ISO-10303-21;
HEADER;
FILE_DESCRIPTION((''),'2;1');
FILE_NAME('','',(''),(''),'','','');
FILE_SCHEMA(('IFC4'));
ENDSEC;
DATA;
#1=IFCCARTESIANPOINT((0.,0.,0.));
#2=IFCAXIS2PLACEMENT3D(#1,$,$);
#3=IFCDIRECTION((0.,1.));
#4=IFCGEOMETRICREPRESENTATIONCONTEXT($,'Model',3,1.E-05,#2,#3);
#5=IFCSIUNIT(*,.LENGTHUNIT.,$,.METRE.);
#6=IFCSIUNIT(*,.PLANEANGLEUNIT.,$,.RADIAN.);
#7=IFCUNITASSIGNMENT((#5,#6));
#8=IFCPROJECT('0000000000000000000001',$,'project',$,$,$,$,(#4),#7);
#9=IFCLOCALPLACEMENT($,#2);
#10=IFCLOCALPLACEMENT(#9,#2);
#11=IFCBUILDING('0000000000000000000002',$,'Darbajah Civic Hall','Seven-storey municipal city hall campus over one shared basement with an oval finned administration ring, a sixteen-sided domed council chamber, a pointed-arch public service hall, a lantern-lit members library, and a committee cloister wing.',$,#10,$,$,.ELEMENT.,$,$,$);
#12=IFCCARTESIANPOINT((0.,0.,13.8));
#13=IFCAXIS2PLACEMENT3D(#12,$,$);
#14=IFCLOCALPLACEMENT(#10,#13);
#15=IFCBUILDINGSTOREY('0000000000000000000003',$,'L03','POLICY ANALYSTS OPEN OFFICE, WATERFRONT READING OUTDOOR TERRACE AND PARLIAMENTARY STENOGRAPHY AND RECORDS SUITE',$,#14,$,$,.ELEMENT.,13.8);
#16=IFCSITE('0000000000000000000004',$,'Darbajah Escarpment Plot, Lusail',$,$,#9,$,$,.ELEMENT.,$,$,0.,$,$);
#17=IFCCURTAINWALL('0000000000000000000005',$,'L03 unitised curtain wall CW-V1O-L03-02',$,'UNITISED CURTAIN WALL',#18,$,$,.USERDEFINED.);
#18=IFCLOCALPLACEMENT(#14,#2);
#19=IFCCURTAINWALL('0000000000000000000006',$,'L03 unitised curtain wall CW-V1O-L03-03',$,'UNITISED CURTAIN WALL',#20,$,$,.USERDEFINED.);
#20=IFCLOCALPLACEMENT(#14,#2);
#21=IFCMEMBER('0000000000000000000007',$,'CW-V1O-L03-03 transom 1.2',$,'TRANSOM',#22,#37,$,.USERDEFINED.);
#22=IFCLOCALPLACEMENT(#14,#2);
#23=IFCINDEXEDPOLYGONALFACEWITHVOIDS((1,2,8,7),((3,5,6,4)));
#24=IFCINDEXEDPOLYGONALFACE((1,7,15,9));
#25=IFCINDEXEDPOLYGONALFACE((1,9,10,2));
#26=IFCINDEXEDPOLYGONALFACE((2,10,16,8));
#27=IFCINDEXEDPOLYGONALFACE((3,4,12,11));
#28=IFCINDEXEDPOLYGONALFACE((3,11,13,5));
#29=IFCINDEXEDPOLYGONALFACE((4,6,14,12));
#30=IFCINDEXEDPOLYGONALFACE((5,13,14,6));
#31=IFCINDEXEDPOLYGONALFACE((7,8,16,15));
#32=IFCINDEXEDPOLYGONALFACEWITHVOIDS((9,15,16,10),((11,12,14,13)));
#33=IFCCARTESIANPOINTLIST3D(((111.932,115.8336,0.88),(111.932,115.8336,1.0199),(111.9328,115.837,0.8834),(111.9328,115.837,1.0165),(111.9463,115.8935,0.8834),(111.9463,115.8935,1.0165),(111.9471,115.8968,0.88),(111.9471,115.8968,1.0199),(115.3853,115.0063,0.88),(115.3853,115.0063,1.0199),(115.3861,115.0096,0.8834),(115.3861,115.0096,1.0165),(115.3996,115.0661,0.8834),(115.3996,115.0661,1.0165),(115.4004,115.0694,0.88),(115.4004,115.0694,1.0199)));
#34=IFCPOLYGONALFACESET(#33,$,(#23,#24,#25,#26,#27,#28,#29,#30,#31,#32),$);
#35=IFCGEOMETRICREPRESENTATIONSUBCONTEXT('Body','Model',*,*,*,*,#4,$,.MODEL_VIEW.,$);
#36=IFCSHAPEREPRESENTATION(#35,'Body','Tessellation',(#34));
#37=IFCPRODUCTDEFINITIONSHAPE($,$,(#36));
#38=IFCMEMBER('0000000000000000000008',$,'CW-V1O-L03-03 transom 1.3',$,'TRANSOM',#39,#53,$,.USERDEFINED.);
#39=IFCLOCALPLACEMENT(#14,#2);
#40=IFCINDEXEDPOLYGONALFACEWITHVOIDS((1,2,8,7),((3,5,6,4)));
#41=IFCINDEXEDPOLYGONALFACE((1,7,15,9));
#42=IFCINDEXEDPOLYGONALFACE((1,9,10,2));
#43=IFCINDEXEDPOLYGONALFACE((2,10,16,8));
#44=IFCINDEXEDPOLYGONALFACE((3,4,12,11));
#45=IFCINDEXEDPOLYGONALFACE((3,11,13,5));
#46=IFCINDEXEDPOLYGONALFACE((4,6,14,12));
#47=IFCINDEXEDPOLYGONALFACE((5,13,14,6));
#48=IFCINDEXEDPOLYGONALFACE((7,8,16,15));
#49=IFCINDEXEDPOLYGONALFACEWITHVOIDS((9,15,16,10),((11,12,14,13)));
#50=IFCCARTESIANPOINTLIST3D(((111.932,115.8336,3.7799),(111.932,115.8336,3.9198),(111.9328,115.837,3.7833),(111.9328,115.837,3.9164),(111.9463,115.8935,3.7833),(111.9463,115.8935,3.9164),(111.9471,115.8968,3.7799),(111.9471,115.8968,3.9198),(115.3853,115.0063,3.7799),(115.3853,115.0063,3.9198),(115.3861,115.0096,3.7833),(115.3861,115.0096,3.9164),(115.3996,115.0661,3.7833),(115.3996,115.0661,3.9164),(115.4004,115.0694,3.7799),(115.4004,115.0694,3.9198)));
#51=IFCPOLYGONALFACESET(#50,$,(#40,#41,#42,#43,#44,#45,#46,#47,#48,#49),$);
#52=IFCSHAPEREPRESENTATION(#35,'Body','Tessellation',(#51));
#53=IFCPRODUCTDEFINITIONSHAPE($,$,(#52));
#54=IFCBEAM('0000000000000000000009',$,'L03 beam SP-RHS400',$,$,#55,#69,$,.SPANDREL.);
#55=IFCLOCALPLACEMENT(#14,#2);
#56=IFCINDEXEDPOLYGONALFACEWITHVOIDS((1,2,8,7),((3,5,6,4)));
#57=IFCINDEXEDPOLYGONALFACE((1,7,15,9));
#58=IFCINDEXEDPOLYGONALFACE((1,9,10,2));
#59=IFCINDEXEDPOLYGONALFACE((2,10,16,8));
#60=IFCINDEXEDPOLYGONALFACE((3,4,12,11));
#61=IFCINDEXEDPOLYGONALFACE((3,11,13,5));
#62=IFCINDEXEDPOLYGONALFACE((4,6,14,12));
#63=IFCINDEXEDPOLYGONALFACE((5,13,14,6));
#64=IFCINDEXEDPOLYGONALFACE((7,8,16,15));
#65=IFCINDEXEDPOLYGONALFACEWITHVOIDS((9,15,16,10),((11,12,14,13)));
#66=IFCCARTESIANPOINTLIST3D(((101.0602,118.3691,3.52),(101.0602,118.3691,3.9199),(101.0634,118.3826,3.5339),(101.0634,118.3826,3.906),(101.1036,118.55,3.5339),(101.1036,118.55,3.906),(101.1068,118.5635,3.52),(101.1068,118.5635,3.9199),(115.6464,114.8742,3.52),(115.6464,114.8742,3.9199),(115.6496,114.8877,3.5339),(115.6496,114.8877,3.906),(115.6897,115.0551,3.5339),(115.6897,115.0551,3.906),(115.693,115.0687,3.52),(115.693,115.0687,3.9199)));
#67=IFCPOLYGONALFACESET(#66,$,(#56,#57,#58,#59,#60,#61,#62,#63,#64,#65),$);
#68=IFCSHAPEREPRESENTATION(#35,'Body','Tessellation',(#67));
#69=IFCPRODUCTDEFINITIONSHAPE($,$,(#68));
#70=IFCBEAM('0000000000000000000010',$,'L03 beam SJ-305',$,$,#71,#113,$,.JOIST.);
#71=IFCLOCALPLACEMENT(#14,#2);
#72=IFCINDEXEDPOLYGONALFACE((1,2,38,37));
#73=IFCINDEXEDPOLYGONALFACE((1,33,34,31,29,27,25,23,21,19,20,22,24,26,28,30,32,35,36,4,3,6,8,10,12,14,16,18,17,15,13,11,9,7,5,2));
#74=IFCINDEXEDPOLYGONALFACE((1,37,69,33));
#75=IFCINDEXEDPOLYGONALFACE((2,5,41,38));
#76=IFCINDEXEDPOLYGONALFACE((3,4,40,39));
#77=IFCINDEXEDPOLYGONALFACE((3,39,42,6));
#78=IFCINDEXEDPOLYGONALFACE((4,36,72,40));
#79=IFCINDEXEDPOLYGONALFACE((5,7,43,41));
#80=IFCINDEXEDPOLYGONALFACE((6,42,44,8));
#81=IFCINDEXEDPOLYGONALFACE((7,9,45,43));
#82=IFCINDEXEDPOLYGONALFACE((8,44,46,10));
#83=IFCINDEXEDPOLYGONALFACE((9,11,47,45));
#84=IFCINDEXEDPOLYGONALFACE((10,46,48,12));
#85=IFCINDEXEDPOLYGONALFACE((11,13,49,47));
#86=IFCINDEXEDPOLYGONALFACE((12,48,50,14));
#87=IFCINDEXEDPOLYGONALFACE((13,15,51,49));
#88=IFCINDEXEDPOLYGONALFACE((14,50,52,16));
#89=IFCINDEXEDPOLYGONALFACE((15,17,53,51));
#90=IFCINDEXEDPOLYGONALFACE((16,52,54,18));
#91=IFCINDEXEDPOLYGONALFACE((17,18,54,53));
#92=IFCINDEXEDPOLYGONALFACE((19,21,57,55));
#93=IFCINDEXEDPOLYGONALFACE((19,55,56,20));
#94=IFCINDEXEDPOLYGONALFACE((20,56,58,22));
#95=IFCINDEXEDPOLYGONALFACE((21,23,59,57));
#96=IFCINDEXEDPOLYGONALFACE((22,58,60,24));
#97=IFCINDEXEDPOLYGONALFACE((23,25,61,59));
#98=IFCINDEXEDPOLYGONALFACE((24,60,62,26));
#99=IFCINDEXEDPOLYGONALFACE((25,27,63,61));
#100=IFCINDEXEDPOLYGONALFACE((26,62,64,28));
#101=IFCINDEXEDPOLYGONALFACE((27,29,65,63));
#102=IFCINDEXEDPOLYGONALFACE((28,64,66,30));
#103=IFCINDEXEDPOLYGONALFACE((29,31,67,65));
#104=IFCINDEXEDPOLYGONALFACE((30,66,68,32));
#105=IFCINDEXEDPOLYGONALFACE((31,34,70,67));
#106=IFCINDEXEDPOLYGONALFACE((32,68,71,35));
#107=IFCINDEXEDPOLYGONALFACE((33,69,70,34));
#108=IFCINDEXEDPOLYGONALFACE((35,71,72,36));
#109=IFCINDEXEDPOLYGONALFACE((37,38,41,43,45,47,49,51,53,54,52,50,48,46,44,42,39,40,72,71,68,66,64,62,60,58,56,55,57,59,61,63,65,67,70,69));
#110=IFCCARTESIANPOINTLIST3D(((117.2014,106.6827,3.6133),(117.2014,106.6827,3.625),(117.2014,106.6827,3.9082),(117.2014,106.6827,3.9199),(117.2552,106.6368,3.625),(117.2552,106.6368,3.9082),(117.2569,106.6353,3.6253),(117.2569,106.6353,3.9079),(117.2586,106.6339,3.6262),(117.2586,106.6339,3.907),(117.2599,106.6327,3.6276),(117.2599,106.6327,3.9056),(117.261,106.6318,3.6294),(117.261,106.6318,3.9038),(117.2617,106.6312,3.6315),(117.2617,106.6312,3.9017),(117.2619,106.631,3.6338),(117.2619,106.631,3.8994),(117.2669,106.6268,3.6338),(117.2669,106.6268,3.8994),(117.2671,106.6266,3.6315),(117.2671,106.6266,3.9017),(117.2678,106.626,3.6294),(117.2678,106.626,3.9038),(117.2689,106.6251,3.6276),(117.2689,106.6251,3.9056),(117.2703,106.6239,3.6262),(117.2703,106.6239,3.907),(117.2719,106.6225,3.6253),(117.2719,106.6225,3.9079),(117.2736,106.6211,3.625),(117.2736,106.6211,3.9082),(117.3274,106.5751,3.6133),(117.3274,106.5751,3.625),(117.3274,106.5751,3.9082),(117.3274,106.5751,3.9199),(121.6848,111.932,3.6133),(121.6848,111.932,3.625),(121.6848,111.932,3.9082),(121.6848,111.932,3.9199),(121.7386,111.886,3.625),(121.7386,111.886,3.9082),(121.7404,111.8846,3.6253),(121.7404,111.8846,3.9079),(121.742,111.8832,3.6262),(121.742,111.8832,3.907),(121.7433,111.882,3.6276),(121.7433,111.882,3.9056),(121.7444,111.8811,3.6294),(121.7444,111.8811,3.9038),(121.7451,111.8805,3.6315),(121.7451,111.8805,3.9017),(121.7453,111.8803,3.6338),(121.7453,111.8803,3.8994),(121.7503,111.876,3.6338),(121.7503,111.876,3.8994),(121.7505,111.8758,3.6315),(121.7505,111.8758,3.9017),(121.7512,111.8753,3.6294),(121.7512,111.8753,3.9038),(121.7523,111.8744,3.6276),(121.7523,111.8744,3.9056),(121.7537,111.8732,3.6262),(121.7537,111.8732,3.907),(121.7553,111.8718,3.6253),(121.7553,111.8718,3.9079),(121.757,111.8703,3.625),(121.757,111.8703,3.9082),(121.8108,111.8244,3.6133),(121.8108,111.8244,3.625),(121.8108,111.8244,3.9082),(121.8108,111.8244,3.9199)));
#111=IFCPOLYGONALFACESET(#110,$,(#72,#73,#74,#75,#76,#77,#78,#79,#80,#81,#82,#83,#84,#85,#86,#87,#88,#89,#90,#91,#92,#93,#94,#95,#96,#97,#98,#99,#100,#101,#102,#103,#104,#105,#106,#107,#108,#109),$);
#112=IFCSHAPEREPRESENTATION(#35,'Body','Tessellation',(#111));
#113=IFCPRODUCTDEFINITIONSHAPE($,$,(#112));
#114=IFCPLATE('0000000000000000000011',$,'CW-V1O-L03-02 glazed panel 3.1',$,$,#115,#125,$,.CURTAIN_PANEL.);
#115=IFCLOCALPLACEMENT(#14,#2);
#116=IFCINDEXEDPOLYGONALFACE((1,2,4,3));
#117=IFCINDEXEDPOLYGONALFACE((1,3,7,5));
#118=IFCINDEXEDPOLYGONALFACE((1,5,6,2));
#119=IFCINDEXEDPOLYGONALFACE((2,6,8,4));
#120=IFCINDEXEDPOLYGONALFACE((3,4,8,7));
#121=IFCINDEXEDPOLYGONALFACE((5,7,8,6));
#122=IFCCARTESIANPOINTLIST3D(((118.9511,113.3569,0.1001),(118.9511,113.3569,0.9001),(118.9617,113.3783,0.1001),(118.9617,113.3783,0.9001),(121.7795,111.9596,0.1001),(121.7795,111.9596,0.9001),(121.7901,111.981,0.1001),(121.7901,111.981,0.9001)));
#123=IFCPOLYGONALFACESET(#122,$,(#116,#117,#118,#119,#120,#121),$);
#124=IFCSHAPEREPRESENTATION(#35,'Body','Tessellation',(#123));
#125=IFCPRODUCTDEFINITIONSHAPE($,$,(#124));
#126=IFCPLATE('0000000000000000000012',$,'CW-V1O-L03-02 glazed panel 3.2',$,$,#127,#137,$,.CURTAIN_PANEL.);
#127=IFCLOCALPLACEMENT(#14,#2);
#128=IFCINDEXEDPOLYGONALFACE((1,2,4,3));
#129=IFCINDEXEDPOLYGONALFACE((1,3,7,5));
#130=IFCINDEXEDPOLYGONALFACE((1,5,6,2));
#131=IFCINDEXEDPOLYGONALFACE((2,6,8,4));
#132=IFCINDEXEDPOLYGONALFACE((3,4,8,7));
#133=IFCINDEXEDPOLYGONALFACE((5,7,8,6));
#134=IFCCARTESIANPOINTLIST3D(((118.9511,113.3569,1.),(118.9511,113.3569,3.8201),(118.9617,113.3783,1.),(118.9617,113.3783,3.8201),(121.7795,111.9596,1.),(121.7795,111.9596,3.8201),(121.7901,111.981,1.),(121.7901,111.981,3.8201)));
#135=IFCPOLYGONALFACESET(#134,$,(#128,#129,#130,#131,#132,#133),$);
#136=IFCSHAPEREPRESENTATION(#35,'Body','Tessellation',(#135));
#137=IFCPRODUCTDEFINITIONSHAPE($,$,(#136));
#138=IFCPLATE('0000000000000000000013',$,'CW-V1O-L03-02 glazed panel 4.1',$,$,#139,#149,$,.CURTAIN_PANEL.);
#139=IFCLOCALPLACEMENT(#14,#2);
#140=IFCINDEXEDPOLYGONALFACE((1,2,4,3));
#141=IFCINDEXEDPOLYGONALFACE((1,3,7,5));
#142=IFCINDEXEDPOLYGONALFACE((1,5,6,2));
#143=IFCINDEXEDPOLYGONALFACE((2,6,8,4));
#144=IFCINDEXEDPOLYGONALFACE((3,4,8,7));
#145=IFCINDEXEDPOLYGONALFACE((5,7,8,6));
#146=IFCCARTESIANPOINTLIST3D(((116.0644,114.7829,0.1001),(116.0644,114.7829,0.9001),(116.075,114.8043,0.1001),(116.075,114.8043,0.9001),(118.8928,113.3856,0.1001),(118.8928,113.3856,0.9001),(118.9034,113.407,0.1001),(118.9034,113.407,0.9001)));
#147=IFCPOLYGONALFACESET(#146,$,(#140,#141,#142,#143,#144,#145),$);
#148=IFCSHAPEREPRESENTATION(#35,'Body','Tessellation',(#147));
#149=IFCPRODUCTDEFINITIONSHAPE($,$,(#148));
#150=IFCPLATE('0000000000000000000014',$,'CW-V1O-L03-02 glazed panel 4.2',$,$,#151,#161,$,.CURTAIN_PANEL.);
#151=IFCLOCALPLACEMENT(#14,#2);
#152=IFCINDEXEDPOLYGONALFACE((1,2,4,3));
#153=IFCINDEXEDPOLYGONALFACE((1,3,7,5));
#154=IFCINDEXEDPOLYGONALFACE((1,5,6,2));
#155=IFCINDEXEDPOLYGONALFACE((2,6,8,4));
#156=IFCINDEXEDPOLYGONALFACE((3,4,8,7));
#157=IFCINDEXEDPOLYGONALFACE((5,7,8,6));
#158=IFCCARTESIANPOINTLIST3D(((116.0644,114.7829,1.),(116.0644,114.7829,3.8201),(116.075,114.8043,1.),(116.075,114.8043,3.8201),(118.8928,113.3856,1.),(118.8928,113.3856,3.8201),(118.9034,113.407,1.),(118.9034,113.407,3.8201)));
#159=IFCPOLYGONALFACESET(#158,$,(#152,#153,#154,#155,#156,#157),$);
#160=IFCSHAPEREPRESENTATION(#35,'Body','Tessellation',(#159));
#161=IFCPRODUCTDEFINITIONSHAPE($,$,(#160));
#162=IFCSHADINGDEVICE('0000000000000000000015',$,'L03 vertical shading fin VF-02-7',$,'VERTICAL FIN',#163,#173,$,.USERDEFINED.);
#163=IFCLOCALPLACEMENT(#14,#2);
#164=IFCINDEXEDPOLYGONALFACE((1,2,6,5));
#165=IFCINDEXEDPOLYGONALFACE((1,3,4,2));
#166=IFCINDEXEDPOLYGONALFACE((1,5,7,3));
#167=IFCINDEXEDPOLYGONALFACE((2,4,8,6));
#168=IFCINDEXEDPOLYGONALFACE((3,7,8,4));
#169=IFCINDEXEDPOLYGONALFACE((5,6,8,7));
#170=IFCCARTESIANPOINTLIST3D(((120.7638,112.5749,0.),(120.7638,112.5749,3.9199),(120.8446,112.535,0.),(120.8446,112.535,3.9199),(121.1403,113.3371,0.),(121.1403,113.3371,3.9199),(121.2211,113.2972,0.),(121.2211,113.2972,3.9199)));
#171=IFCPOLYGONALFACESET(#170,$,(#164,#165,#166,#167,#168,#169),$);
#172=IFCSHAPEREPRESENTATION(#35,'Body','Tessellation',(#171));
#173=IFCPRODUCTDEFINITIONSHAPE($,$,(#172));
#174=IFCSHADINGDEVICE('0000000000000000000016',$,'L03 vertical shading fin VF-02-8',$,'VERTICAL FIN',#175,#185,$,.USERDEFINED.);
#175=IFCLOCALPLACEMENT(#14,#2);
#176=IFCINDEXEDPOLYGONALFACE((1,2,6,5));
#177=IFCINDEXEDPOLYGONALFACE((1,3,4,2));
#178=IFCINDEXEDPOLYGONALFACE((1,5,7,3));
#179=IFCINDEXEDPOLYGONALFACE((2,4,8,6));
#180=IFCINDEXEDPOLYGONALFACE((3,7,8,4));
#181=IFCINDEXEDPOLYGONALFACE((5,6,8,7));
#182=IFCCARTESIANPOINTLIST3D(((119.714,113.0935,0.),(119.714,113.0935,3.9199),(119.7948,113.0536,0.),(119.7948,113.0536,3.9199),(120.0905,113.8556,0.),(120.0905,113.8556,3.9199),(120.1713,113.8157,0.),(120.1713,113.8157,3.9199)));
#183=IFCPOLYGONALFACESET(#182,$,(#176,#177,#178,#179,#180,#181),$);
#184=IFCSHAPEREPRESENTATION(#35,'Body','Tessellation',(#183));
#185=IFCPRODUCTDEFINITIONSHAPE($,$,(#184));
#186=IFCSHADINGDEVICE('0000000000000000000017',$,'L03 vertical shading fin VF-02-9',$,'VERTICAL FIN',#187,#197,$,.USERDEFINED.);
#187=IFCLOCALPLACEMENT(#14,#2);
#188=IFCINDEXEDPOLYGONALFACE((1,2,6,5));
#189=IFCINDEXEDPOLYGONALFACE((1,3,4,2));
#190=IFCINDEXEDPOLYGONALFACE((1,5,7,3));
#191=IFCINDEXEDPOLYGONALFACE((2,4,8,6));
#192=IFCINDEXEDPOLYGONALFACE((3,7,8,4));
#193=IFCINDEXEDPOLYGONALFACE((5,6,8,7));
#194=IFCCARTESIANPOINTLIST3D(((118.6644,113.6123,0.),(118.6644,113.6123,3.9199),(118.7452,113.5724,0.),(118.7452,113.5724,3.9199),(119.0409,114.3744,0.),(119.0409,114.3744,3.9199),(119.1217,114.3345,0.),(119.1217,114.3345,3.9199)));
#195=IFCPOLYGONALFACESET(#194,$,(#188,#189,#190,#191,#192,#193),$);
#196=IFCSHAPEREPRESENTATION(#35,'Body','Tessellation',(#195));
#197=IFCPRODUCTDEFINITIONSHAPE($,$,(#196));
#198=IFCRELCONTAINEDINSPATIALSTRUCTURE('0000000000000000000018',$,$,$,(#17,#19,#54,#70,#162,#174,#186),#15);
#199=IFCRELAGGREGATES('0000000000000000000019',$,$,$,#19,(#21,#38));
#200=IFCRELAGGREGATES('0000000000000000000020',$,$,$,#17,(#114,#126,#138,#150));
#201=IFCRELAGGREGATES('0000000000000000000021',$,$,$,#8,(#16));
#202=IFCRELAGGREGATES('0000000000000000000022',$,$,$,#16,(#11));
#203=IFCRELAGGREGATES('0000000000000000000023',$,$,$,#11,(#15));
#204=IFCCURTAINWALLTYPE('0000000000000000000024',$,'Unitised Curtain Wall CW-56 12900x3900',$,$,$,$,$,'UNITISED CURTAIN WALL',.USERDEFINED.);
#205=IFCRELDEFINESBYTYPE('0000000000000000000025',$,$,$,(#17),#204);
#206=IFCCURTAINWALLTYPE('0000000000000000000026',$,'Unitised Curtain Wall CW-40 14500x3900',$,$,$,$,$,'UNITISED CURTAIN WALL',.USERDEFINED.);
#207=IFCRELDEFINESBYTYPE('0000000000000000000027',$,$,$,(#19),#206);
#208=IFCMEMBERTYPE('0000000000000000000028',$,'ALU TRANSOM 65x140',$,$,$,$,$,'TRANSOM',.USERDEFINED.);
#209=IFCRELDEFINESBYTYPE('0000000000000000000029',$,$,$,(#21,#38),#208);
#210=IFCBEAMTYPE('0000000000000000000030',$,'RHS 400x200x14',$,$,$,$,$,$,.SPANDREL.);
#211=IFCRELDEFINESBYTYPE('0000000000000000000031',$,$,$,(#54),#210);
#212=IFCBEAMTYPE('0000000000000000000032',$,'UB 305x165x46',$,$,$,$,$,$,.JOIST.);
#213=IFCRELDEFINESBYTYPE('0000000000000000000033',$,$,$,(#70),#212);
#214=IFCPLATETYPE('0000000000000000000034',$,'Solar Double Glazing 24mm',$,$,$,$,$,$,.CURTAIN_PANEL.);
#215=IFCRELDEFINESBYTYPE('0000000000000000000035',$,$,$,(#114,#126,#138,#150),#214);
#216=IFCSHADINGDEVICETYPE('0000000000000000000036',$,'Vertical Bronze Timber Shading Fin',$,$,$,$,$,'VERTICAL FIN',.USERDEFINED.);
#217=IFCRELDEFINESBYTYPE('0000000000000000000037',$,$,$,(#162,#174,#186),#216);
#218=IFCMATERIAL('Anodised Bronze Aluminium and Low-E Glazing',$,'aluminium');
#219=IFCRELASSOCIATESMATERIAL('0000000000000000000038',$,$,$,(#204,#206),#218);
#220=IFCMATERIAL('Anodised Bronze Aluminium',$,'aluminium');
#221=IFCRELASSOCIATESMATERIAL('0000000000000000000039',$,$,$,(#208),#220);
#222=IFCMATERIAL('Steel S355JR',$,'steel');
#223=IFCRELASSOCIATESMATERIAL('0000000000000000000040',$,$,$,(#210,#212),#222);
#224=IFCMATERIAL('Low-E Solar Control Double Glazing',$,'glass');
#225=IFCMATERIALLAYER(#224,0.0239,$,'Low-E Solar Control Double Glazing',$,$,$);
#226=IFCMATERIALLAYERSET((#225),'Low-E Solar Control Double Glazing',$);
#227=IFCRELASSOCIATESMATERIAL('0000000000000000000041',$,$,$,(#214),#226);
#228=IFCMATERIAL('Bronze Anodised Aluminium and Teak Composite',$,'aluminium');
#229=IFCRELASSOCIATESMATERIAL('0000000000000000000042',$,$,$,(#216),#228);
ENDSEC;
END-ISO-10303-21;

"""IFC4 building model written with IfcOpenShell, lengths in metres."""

from ifc_helpers import new_model, si_unit, direction, frame, origin, origin_2d, place, context, subcontext, project, spatial, rectangle, hollow_rectangle, i_section, extrude, material, layer, layer_set, material_profile, profile_set, type_object, element, aggregate, save


model = new_model("IFC4")

# Units and contexts
model_context = context("Model", 3, precision=1e-05, world=origin(), true_north=direction((0.0, 1.0)))
body_context = subcontext(model_context, "Body", "Model", "MODEL_VIEW")
ifc_project = project(units=[si_unit("LENGTHUNIT", "METRE"), si_unit("PLANEANGLEUNIT", "RADIAN")], contexts=[model_context])

# Site, building, storey
site_placement = place(None, origin())
site = spatial("IfcSite", under=ifc_project, at=site_placement, Name="Darbajah Escarpment Plot, Lusail", CompositionType="ELEMENT", RefElevation=0.0)
building_placement = place(site_placement, origin())
building = spatial("IfcBuilding", under=site, at=building_placement, Name="Darbajah Civic Hall", Description="Seven-storey municipal city hall campus over one shared basement with an oval finned administration ring, a sixteen-sided domed council chamber, a pointed-arch public service hall, a lantern-lit members library, and a committee cloister wing.", CompositionType="ELEMENT")
storey_placement = place(building_placement, frame((0.0, 0.0, 13.8)))
storey = spatial("IfcBuildingStorey", under=building, at=storey_placement, Name="L03", Description="POLICY ANALYSTS OPEN OFFICE, WATERFRONT READING OUTDOOR TERRACE AND PARLIAMENTARY STENOGRAPHY AND RECORDS SUITE", CompositionType="ELEMENT", Elevation=13.8)

# Curtain wall
ifc_material_1 = material(Name="Anodised Bronze Aluminium and Low-E Glazing", Category="aluminium")
curtain_wall_type_1 = type_object("IfcCurtainWallType", Name="Unitised Curtain Wall CW-56 12900x3900", ElementType="UNITISED CURTAIN WALL", PredefinedType="USERDEFINED", material=ifc_material_1)
curtain_wall_1_placement = place(storey_placement, origin())
curtain_wall_1 = element("IfcCurtainWall", 1, at=curtain_wall_1_placement, inside=storey, type_object=curtain_wall_type_1, Name="L03 unitised curtain wall CW-V1O-L03-02", ObjectType="UNITISED CURTAIN WALL", PredefinedType="USERDEFINED")
ifc_material_2 = material(Name="Anodised Bronze Aluminium", Category="aluminium")

# Curtain wall
curtain_wall_type_2 = type_object("IfcCurtainWallType", Name="Unitised Curtain Wall CW-40 14500x3900", ElementType="UNITISED CURTAIN WALL", PredefinedType="USERDEFINED", material=ifc_material_1)
curtain_wall_2_placement = place(storey_placement, origin())
curtain_wall_2 = element("IfcCurtainWall", 2, at=curtain_wall_2_placement, inside=storey, type_object=curtain_wall_type_2, Name="L03 unitised curtain wall CW-V1O-L03-03", ObjectType="UNITISED CURTAIN WALL", PredefinedType="USERDEFINED")

# Members
ifc_material_profile_1 = material_profile(ifc_material_2, hollow_rectangle(XDim=0.0649, YDim=0.1399, WallThickness=0.0034, at=origin_2d()), Name="ALU TRANSOM 65x140")
ifc_profile_set_1 = profile_set([ifc_material_profile_1], Name="Anodised Bronze Aluminium")
member_type_1 = type_object("IfcMemberType", Name="ALU TRANSOM 65x140", ElementType="TRANSOM", PredefinedType="USERDEFINED", material=ifc_profile_set_1)
member_1_placement = place(storey_placement, frame((115.3928, 115.0378, 0.95), z_axis=(-0.972478, 0.232996, 0.0), x_axis=(-0.232996, -0.972478, 0.0)))
member_1 = element("IfcMember", 3, at=member_1_placement, type_object=member_type_1, Name="CW-V1O-L03-03 transom 1.2", ObjectType="TRANSOM", PredefinedType="USERDEFINED", context=body_context, shape_type="SweptSolid", body=[
    extrude(hollow_rectangle(XDim=0.0649, YDim=0.1399, WallThickness=0.0034, at=origin_2d()), origin(), (0.0, 0.0, 1.0), 3.551),
])
member_2_placement = place(storey_placement, frame((115.3928, 115.0378, 3.8499), z_axis=(-0.972478, 0.232996, 0.0), x_axis=(-0.232996, -0.972478, 0.0)))
member_2 = element("IfcMember", 4, at=member_2_placement, type_object=member_type_1, Name="CW-V1O-L03-03 transom 1.3", ObjectType="TRANSOM", PredefinedType="USERDEFINED", context=body_context, shape_type="SweptSolid", body=[
    extrude(hollow_rectangle(XDim=0.0649, YDim=0.1399, WallThickness=0.0034, at=origin_2d()), origin(), (0.0, 0.0, 1.0), 3.551),
])
aggregate(curtain_wall_2, [member_1, member_2])

# Beams
ifc_material_3 = material(Name="Steel S355JR", Category="steel")
ifc_material_profile_2 = material_profile(ifc_material_3, hollow_rectangle(XDim=0.2, YDim=0.3999, WallThickness=0.0139, at=origin_2d()), Name="RHS 400x200x14")
ifc_profile_set_2 = profile_set([ifc_material_profile_2], Name="Steel S355JR")
beam_type_1 = type_object("IfcBeamType", Name="RHS 400x200x14", PredefinedType="SPANDREL", material=ifc_profile_set_2)
beam_1_placement = place(storey_placement, frame((115.6697, 114.9714, 3.72), z_axis=(-0.972475, 0.233007, 0.0), x_axis=(-0.233007, -0.972475, 0.0)))
element("IfcBeam", 5, at=beam_1_placement, inside=storey, type_object=beam_type_1, Name="L03 beam SP-RHS400", PredefinedType="SPANDREL", context=body_context, shape_type="SweptSolid", body=[
    extrude(hollow_rectangle(XDim=0.2, YDim=0.3999, WallThickness=0.0139, at=origin_2d()), origin(), (0.0, 0.0, 1.0), 14.999),
])
ifc_material_profile_3 = material_profile(ifc_material_3, i_section(OverallWidth=0.1658, OverallDepth=0.3066, WebThickness=0.0066, FlangeThickness=0.0117, FilletRadius=0.0088, at=origin_2d()), Name="UB 305x165x46")
ifc_profile_set_3 = profile_set([ifc_material_profile_3], Name="Steel S355JR")
beam_type_2 = type_object("IfcBeamType", Name="UB 305x165x46", PredefinedType="JOIST", material=ifc_profile_set_3)
beam_2_placement = place(storey_placement, frame((117.2644, 106.6289, 3.7666), z_axis=(0.649456, 0.760399, 0.0), x_axis=(-0.760399, 0.649456, 0.0)))
element("IfcBeam", 6, at=beam_2_placement, inside=storey, type_object=beam_type_2, Name="L03 beam SJ-305", PredefinedType="JOIST", context=body_context, shape_type="SweptSolid", body=[
    extrude(i_section(OverallWidth=0.1658, OverallDepth=0.3066, WebThickness=0.0066, FlangeThickness=0.0117, FilletRadius=0.0088, at=origin_2d()), origin(), (0.0, 0.0, 1.0), 6.9033),
])

# Plates
ifc_material_4 = material(Name="Low-E Solar Control Double Glazing", Category="glass")
ifc_layer_1 = layer(ifc_material_4, 0.0239, Name="Low-E Solar Control Double Glazing")
ifc_layer_set_1 = layer_set([ifc_layer_1], Name="Low-E Solar Control Double Glazing")
plate_type = type_object("IfcPlateType", Name="Solar Double Glazing 24mm", PredefinedType="CURTAIN_PANEL", material=ifc_layer_set_1)
plate_1_placement = place(storey_placement, frame((120.3706, 112.6689, 0.1001), z_axis=(0.0, 0.0, 1.0), x_axis=(-0.896564, 0.442915, 0.0)))
plate_1 = element("IfcPlate", 7, at=plate_1_placement, type_object=plate_type, Name="CW-V1O-L03-02 glazed panel 3.1", PredefinedType="CURTAIN_PANEL", context=body_context, shape_type="SweptSolid", body=[
    extrude(rectangle(XDim=3.1548, YDim=0.0239, at=origin_2d()), origin(), (0.0, 0.0, 1.0), 0.8),
])
plate_2_placement = place(storey_placement, frame((120.3706, 112.6689, 1.0), z_axis=(0.0, 0.0, 1.0), x_axis=(-0.896564, 0.442915, 0.0)))
plate_2 = element("IfcPlate", 8, at=plate_2_placement, type_object=plate_type, Name="CW-V1O-L03-02 glazed panel 3.2", PredefinedType="CURTAIN_PANEL", context=body_context, shape_type="SweptSolid", body=[
    extrude(rectangle(XDim=3.1548, YDim=0.0239, at=origin_2d()), origin(), (0.0, 0.0, 1.0), 2.8201),
])
plate_3_placement = place(storey_placement, frame((117.4839, 114.095, 0.1001), z_axis=(0.0, 0.0, 1.0), x_axis=(-0.896564, 0.442915, 0.0)))
plate_3 = element("IfcPlate", 9, at=plate_3_placement, type_object=plate_type, Name="CW-V1O-L03-02 glazed panel 4.1", PredefinedType="CURTAIN_PANEL", context=body_context, shape_type="SweptSolid", body=[
    extrude(rectangle(XDim=3.1548, YDim=0.0239, at=origin_2d()), origin(), (0.0, 0.0, 1.0), 0.8),
])
plate_4_placement = place(storey_placement, frame((117.4839, 114.095, 1.0), z_axis=(0.0, 0.0, 1.0), x_axis=(-0.896564, 0.442915, 0.0)))
plate_4 = element("IfcPlate", 10, at=plate_4_placement, type_object=plate_type, Name="CW-V1O-L03-02 glazed panel 4.2", PredefinedType="CURTAIN_PANEL", context=body_context, shape_type="SweptSolid", body=[
    extrude(rectangle(XDim=3.1548, YDim=0.0239, at=origin_2d()), origin(), (0.0, 0.0, 1.0), 2.8201),
])
aggregate(curtain_wall_1, [plate_1, plate_2, plate_3, plate_4])

# Shading devices
ifc_material_5 = material(Name="Bronze Anodised Aluminium and Teak Composite", Category="aluminium")
shading_device_type = type_object("IfcShadingDeviceType", Name="Vertical Bronze Timber Shading Fin", ElementType="VERTICAL FIN", PredefinedType="USERDEFINED", material=ifc_material_5)
for number, where, z_axis, x_axis, name in (
    (11, (120.9924, 112.936, 0.0), (0.0, 0.0, 1.0), (0.442915, 0.896564, 0.0), "L03 vertical shading fin VF-02-7"),
    (12, (119.9426, 113.4546, 0.0), (0.0, 0.0, 1.0), (0.442915, 0.896564, 0.0), "L03 vertical shading fin VF-02-8"),
    (13, (118.8931, 113.9734, 0.0), (0.0, 0.0, 1.0), (0.442915, 0.896564, 0.0), "L03 vertical shading fin VF-02-9"),
):
    element("IfcShadingDevice", number, at=place(storey_placement, frame(where, z_axis=z_axis, x_axis=x_axis)), inside=storey, type_object=shading_device_type, Name=name, ObjectType="VERTICAL FIN", PredefinedType="USERDEFINED", context=body_context, shape_type="SweptSolid", body=[
        extrude(rectangle(XDim=0.8501, YDim=0.0901, at=origin_2d()), origin(), (0.0, 0.0, 1.0), 3.9199),
    ])

save(model, "model.ifc")
